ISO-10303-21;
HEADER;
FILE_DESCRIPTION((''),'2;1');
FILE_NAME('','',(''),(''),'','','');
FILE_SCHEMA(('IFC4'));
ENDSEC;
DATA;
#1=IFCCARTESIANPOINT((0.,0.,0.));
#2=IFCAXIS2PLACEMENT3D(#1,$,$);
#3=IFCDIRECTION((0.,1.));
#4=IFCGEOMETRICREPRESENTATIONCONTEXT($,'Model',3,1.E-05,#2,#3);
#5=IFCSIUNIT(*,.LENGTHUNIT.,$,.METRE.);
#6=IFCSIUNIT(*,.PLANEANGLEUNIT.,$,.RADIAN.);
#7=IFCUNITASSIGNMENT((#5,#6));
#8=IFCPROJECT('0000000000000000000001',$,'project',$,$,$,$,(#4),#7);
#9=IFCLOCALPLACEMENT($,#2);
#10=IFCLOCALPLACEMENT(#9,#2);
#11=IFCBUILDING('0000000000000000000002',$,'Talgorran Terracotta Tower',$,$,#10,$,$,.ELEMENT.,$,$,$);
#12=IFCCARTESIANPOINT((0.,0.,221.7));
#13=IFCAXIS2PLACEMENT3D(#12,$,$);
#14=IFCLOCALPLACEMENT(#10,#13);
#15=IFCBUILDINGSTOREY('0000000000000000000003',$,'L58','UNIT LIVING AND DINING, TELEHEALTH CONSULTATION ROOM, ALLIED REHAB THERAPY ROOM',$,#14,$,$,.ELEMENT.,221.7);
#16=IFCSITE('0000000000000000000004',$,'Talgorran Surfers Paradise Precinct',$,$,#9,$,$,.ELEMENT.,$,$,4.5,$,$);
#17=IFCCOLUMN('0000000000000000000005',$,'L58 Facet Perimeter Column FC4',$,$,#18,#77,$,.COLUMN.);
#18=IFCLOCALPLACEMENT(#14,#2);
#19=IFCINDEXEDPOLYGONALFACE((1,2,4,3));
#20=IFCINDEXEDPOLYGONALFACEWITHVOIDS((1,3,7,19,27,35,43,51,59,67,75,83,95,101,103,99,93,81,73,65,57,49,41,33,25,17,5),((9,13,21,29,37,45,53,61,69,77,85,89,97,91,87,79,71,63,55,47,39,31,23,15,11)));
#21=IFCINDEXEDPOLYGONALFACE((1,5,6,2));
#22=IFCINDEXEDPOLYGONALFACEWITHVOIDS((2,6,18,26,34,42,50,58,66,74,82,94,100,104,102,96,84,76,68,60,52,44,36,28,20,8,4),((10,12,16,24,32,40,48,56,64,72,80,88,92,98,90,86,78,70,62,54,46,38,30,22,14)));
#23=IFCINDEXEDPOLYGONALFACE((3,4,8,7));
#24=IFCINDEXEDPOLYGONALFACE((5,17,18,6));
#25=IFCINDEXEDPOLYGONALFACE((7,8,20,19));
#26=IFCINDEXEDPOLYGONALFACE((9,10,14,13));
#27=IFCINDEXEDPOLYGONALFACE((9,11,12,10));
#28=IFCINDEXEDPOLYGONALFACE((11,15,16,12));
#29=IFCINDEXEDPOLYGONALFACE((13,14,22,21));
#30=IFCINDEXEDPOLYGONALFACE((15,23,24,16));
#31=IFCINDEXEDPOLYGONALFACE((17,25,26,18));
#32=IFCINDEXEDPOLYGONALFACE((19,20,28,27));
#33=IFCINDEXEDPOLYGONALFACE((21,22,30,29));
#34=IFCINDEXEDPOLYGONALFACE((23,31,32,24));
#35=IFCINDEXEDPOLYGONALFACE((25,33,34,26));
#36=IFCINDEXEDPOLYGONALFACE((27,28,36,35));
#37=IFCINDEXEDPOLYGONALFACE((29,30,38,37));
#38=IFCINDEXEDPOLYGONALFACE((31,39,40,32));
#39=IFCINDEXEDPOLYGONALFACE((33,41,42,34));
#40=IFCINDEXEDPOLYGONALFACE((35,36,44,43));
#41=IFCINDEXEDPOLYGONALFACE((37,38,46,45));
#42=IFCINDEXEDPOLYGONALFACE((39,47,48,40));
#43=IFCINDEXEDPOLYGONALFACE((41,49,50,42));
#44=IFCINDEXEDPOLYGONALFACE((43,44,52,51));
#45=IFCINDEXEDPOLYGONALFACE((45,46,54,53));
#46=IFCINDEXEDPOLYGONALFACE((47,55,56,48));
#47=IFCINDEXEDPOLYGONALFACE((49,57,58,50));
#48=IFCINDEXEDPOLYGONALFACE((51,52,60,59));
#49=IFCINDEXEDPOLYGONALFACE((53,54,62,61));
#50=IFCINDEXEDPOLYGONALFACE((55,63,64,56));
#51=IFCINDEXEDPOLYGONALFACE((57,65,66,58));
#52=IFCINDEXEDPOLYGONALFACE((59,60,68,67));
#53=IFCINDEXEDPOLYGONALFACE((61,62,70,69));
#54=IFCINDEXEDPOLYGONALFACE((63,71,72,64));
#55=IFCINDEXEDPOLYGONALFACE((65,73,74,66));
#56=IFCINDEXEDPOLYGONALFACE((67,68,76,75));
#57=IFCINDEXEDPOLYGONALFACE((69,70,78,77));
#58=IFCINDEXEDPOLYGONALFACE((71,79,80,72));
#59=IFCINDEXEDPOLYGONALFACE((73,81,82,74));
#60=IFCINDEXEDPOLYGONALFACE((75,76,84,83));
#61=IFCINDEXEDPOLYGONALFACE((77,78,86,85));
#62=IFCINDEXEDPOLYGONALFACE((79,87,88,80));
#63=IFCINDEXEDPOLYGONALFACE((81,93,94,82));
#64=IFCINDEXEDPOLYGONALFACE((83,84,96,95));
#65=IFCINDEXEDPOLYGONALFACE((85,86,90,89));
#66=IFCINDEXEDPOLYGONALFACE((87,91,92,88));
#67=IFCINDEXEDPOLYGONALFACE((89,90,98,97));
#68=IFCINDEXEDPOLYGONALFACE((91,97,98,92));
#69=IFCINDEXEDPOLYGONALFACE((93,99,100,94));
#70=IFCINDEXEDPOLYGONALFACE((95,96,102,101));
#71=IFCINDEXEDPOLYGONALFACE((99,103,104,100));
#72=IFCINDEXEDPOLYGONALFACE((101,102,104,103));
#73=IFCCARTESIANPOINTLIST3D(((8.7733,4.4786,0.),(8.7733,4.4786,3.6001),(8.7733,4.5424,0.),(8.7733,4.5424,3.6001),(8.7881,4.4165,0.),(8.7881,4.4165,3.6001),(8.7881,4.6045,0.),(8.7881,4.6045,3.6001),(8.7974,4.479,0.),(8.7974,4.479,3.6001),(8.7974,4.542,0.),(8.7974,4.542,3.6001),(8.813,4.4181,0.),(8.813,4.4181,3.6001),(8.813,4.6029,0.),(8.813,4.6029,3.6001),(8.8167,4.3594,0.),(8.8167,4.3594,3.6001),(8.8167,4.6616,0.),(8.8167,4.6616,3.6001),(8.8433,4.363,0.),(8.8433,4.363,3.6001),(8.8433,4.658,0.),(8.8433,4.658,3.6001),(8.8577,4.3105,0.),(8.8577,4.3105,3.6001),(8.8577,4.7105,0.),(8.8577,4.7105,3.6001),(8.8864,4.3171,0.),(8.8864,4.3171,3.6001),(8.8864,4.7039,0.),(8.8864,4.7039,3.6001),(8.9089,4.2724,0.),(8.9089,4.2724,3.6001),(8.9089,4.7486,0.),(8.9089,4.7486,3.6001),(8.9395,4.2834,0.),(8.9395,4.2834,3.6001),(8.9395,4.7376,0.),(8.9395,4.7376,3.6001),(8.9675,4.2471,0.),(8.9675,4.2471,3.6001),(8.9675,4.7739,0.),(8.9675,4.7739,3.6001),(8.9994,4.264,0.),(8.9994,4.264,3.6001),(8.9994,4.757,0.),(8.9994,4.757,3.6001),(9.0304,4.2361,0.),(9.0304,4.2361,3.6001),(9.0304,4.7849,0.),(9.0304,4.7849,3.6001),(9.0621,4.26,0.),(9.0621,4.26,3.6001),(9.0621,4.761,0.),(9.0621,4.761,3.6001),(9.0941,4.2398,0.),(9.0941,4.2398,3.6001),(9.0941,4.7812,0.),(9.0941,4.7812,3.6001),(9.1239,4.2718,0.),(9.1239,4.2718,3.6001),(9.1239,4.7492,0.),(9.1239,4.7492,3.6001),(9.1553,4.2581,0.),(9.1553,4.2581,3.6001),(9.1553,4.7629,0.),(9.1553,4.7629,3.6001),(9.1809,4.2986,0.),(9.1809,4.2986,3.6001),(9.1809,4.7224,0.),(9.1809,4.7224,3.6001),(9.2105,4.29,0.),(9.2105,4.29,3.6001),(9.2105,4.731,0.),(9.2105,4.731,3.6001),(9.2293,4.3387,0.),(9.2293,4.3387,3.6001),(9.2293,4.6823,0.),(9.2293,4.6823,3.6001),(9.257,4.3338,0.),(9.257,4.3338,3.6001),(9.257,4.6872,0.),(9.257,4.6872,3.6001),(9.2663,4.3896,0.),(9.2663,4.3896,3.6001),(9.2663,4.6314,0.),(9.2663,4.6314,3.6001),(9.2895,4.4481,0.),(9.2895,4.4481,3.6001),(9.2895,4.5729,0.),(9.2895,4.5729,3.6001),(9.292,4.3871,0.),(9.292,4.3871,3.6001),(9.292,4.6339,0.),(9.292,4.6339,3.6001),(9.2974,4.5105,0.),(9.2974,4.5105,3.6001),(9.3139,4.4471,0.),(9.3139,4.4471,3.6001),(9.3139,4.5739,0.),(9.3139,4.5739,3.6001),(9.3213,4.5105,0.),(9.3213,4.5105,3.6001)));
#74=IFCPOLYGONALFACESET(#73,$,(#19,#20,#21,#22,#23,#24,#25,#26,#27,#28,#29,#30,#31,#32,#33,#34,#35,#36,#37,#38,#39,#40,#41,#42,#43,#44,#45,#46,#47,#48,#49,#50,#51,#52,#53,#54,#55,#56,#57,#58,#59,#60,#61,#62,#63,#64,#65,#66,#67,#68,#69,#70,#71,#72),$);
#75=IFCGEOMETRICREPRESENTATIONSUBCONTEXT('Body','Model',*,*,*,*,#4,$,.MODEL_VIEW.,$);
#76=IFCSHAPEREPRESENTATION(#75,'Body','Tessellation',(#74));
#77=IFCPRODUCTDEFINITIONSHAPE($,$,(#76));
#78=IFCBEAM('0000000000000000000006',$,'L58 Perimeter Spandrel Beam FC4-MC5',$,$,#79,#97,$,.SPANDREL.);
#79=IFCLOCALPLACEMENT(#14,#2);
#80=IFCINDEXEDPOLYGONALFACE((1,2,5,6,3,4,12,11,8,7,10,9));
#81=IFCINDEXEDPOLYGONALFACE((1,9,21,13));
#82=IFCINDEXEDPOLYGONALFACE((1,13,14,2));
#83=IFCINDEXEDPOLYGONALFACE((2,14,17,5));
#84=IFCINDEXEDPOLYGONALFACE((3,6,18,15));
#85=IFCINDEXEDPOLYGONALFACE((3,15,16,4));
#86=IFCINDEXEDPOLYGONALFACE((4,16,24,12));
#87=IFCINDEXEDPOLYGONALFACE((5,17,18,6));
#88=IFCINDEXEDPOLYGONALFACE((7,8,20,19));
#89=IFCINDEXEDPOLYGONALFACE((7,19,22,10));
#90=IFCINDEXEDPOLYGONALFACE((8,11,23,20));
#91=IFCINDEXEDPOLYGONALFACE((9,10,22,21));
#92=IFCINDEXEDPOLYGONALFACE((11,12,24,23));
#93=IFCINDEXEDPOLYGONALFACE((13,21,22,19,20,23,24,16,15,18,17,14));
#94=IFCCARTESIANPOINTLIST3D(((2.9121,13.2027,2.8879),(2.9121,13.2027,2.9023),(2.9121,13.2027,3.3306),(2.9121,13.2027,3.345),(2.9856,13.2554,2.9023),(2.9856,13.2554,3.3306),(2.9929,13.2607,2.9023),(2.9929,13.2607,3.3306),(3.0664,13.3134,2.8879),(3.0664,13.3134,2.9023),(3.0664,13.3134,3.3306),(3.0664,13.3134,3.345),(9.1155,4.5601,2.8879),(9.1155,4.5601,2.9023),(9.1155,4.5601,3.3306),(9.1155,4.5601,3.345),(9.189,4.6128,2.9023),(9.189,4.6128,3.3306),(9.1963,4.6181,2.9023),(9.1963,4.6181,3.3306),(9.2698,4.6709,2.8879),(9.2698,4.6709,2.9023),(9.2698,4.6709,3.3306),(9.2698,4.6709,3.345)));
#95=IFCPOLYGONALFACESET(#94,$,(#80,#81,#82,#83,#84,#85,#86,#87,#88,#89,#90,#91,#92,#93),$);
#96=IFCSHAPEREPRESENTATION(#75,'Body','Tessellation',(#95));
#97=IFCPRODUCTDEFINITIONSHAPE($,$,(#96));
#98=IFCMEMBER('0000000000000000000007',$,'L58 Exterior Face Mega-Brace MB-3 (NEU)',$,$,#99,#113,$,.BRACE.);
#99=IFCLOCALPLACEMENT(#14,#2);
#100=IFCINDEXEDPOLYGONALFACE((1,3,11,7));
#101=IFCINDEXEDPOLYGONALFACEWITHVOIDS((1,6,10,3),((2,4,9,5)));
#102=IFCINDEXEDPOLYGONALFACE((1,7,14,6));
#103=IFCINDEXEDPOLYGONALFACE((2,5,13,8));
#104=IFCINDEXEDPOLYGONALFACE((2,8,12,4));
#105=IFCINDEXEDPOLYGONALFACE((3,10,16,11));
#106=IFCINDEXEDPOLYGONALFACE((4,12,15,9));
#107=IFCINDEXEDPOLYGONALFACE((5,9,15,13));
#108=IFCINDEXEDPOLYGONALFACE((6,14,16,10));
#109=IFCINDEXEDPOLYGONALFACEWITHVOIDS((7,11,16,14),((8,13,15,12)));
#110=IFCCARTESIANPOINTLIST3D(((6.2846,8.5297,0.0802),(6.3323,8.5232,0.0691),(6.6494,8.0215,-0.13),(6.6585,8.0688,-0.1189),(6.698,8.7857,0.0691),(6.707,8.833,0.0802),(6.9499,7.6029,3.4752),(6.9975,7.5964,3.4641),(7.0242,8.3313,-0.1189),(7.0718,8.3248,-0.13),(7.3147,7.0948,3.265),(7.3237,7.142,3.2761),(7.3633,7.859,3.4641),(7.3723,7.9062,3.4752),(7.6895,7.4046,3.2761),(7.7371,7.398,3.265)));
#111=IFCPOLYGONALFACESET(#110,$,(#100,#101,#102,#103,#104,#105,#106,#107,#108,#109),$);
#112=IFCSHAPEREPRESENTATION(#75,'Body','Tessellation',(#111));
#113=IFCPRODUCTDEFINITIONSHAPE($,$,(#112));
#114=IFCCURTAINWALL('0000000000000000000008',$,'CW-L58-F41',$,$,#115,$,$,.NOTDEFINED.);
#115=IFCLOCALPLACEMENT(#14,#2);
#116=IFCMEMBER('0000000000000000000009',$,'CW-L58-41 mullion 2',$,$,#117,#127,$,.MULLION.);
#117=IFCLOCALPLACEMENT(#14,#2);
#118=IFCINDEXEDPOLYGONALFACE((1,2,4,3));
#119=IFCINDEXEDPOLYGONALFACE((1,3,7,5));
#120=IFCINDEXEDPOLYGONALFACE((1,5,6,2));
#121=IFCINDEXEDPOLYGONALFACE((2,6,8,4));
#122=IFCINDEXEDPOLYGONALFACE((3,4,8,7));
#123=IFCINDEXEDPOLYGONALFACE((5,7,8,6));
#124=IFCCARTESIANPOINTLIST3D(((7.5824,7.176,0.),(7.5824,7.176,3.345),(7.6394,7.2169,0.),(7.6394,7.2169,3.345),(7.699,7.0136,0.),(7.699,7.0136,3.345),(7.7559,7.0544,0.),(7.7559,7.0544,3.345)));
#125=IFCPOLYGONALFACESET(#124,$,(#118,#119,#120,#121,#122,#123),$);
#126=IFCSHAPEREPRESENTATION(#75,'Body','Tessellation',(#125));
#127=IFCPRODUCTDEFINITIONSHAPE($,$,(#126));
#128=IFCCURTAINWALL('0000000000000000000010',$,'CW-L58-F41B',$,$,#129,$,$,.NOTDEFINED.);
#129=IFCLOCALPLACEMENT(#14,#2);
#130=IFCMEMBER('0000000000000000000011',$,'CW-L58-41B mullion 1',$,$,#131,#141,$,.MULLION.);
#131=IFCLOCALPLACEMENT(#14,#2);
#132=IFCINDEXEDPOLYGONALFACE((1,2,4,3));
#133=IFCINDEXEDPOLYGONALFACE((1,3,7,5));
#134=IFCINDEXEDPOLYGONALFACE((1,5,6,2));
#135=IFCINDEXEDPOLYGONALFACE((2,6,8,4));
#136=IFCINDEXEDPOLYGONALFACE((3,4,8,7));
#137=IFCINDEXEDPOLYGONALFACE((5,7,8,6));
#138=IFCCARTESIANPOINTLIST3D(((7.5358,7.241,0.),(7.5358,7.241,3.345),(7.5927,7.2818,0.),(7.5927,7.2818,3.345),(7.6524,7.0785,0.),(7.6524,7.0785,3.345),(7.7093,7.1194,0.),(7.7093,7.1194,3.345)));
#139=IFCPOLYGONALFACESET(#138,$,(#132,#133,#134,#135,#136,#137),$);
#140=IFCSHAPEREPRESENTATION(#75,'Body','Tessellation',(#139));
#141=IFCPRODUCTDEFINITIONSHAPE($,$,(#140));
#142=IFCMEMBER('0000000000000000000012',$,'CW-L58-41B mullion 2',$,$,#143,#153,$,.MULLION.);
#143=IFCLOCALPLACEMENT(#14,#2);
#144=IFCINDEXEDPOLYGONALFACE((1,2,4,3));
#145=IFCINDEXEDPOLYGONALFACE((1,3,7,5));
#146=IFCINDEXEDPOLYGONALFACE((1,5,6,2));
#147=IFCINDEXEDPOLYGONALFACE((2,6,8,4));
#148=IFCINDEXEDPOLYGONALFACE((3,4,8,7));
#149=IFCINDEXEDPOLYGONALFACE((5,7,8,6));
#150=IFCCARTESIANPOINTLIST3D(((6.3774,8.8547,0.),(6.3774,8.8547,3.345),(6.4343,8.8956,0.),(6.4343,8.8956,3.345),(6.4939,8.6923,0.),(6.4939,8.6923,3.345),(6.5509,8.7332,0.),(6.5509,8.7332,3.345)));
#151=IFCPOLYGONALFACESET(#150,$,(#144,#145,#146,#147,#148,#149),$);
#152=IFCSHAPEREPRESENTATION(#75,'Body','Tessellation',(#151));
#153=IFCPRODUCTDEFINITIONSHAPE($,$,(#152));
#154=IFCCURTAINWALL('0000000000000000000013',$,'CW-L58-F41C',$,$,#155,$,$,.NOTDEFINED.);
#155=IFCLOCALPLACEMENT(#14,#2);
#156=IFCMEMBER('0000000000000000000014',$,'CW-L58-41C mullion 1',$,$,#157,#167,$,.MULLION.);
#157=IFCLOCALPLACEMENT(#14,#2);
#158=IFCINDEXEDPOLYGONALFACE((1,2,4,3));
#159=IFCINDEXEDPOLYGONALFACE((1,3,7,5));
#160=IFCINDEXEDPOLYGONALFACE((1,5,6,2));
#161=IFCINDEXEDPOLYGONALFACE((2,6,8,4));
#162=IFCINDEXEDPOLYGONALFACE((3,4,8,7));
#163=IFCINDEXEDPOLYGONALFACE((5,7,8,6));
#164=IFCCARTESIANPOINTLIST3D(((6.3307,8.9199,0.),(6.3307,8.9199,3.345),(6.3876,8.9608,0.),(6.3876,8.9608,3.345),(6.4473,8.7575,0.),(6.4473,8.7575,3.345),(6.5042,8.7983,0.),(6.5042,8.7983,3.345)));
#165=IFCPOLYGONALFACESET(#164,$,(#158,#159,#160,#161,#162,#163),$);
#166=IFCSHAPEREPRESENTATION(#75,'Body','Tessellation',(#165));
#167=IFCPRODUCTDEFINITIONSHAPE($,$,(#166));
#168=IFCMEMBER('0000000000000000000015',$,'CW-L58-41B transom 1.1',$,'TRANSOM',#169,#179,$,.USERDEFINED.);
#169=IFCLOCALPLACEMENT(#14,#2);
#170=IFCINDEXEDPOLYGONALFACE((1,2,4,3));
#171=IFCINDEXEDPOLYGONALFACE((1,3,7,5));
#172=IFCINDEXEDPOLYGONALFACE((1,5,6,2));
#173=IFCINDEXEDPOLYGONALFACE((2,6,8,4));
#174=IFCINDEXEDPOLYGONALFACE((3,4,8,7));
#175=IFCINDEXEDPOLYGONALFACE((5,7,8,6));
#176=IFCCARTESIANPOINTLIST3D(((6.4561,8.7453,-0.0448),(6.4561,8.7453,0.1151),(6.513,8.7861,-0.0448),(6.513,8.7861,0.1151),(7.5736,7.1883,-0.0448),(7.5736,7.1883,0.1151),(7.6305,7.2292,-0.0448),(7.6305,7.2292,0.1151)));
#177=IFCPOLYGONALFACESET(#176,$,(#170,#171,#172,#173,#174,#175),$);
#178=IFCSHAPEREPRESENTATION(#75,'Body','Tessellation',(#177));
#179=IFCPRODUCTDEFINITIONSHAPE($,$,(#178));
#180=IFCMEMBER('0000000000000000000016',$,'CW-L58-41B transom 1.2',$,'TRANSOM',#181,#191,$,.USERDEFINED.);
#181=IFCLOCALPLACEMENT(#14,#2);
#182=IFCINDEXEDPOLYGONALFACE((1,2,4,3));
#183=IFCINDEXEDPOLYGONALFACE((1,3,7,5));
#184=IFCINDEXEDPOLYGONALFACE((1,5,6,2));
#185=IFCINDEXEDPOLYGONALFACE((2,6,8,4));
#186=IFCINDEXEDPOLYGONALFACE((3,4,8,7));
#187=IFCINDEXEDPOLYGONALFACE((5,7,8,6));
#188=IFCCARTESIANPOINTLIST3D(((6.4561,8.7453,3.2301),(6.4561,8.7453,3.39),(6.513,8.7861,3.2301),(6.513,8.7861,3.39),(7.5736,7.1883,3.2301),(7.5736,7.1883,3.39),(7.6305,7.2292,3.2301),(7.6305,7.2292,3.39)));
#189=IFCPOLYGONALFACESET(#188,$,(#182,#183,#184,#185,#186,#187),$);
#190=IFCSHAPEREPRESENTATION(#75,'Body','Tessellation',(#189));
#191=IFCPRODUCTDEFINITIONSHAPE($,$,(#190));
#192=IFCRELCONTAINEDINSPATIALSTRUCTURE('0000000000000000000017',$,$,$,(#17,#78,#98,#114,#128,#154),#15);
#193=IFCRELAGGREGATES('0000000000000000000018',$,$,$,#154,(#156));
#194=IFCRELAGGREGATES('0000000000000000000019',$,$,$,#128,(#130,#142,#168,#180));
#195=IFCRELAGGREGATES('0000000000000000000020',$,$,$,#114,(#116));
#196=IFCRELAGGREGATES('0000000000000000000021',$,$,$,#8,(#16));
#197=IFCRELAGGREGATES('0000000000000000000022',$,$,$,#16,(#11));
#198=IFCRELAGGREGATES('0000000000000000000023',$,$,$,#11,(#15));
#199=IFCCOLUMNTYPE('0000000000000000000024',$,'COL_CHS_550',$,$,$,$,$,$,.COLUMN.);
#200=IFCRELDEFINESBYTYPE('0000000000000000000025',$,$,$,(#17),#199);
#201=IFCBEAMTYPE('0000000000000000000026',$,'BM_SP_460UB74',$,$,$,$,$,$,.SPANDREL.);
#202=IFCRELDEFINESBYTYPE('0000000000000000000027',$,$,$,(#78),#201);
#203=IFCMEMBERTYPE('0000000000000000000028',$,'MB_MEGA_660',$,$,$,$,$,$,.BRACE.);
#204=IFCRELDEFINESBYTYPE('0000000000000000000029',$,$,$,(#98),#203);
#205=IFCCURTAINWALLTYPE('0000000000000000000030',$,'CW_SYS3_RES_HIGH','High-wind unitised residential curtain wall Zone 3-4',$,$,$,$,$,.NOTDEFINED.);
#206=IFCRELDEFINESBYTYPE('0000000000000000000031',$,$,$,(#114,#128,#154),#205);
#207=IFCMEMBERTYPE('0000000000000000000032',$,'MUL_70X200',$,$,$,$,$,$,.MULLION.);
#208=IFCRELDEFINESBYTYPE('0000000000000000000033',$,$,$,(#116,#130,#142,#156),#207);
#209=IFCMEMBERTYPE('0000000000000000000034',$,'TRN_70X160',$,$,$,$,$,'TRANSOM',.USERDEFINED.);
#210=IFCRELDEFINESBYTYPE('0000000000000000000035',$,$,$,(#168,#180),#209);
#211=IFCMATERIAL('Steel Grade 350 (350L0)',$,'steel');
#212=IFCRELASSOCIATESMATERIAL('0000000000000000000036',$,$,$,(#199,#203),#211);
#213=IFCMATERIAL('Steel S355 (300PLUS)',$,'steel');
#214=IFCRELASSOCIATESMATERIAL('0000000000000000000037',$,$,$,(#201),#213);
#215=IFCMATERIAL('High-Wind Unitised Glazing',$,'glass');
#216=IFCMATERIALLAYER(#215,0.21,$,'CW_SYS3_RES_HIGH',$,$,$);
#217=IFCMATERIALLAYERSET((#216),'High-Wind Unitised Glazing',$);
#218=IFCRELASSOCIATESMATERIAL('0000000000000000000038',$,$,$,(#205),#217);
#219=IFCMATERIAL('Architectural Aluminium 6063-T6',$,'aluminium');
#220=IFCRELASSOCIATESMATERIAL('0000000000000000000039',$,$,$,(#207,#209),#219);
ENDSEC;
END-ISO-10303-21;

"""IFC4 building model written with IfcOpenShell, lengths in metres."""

from ifc_helpers import new_model, si_unit, direction, frame, origin, origin_2d, place, context, subcontext, project, spatial, rectangle, hollow_rectangle, hollow_circle, i_section, extrude, material, layer, layer_set, material_profile, profile_set, type_object, element, aggregate, save


model = new_model("IFC4")

# Units and contexts
model_context = context("Model", 3, precision=1e-05, world=origin(), true_north=direction((0.0, 1.0)))
body_context = subcontext(model_context, "Body", "Model", "MODEL_VIEW")
ifc_project = project(units=[si_unit("LENGTHUNIT", "METRE"), si_unit("PLANEANGLEUNIT", "RADIAN")], contexts=[model_context])

# Site, building, storey
site_placement = place(None, origin())
site = spatial("IfcSite", under=ifc_project, at=site_placement, Name="Talgorran Surfers Paradise Precinct", CompositionType="ELEMENT", RefElevation=4.5)
building_placement = place(site_placement, origin())
building = spatial("IfcBuilding", under=site, at=building_placement, Name="Talgorran Terracotta Tower", CompositionType="ELEMENT")
storey_placement = place(building_placement, frame((0.0, 0.0, 221.7)))
storey = spatial("IfcBuildingStorey", under=building, at=storey_placement, Name="L58", Description="UNIT LIVING AND DINING, TELEHEALTH CONSULTATION ROOM, ALLIED REHAB THERAPY ROOM", CompositionType="ELEMENT", Elevation=221.7)

# Column
ifc_material_1 = material(Name="Steel Grade 350 (350L0)", Category="steel")
ifc_material_profile_1 = material_profile(ifc_material_1, hollow_circle(Radius=0.2749, WallThickness=0.0239, at=origin_2d()), Name="CHS550X24")
ifc_profile_set_1 = profile_set([ifc_material_profile_1], Name="Steel Grade 350 (350L0)")
column_type = type_object("IfcColumnType", Name="COL_CHS_550", PredefinedType="COLUMN", material=ifc_profile_set_1)
column_placement = place(storey_placement, frame((9.0464, 4.5105, 0.0), z_axis=(0.0, 0.0, 1.0), x_axis=(1.0, 0.0, 0.0)))
element("IfcColumn", 1, at=column_placement, inside=storey, type_object=column_type, Name="L58 Facet Perimeter Column FC4", PredefinedType="COLUMN", context=body_context, shape_type="SweptSolid", body=[
    extrude(hollow_circle(Radius=0.2749, WallThickness=0.0239, at=origin_2d()), origin(), (0.0, 0.0, 1.0), 3.6001),
])

# Beam
ifc_material_2 = material(Name="Steel S355 (300PLUS)", Category="steel")
ifc_material_profile_2 = material_profile(ifc_material_2, i_section(OverallWidth=0.1899, OverallDepth=0.457, WebThickness=0.009, FlangeThickness=0.0144, at=origin_2d()), Name="460UB74.6")
ifc_profile_set_2 = profile_set([ifc_material_profile_2], Name="Steel S355 (300PLUS)")
beam_type = type_object("IfcBeamType", Name="BM_SP_460UB74", PredefinedType="SPANDREL", material=ifc_profile_set_2)
beam_placement = place(storey_placement, frame((9.1926, 4.6155, 3.1165), z_axis=(-0.58311, 0.812393, 0.0), x_axis=(-0.812393, -0.58311, 0.0)))
element("IfcBeam", 2, at=beam_placement, inside=storey, type_object=beam_type, Name="L58 Perimeter Spandrel Beam FC4-MC5", PredefinedType="SPANDREL", context=body_context, shape_type="SweptSolid", body=[
    extrude(i_section(OverallWidth=0.1899, OverallDepth=0.457, WebThickness=0.009, FlangeThickness=0.0144, at=origin_2d()), origin(), (0.0, 0.0, 1.0), 10.6384),
])

# Member
ifc_material_profile_3 = material_profile(ifc_material_1, hollow_rectangle(XDim=0.52, YDim=0.6599, WallThickness=0.0349, at=origin_2d()), Name="WBOX660X520X35")
ifc_profile_set_3 = profile_set([ifc_material_profile_3], Name="Steel Grade 350 (350L0)")
member_type_1 = type_object("IfcMemberType", Name="MB_MEGA_660", PredefinedType="BRACE", material=ifc_profile_set_3)
member_1_placement = place(storey_placement, frame((6.6782, 8.4272, -0.0249), z_axis=(0.185752, -0.258757, 0.947914), x_axis=(0.812358, 0.58316, 0.0)))
element("IfcMember", 3, at=member_1_placement, inside=storey, type_object=member_type_1, Name="L58 Exterior Face Mega-Brace MB-3 (NEU)", PredefinedType="BRACE", context=body_context, shape_type="SweptSolid", body=[
    extrude(hollow_rectangle(XDim=0.52, YDim=0.6599, WallThickness=0.0349, at=origin_2d()), origin(), (0.0, 0.0, 1.0), 3.5815),
])

# Curtain wall, member
ifc_material_3 = material(Name="High-Wind Unitised Glazing", Category="glass")
ifc_layer_1 = layer(ifc_material_3, 0.21, Name="CW_SYS3_RES_HIGH")
ifc_layer_set_1 = layer_set([ifc_layer_1], Name="High-Wind Unitised Glazing")
curtain_wall_type = type_object("IfcCurtainWallType", Name="CW_SYS3_RES_HIGH", Description="High-wind unitised residential curtain wall Zone 3-4", PredefinedType="NOTDEFINED", material=ifc_layer_set_1)
curtain_wall_1_placement = place(storey_placement, origin())
curtain_wall_1 = element("IfcCurtainWall", 4, at=curtain_wall_1_placement, inside=storey, type_object=curtain_wall_type, Name="CW-L58-F41", PredefinedType="NOTDEFINED")
ifc_material_4 = material(Name="Architectural Aluminium 6063-T6", Category="aluminium")
ifc_material_profile_4 = material_profile(ifc_material_4, rectangle(XDim=0.0701, YDim=0.2, at=origin_2d()), Name="CWM70X200")
ifc_profile_set_4 = profile_set([ifc_material_profile_4], Name="Architectural Aluminium 6063-T6")
member_type_2 = type_object("IfcMemberType", Name="MUL_70X200", PredefinedType="MULLION", material=ifc_profile_set_4)
member_2_placement = place(storey_placement, frame((7.6692, 7.1152, 0.0), z_axis=(0.0, 0.0, 1.0), x_axis=(-0.812388, -0.583117, 0.0)))
member_2 = element("IfcMember", 5, at=member_2_placement, type_object=member_type_2, Name="CW-L58-41 mullion 2", PredefinedType="MULLION", context=body_context, shape_type="SweptSolid", body=[
    extrude(rectangle(XDim=0.0701, YDim=0.2, at=origin_2d()), origin(), (0.0, 0.0, 1.0), 3.345),
])

# Curtain wall, members
curtain_wall_2_placement = place(storey_placement, origin())
curtain_wall_2 = element("IfcCurtainWall", 6, at=curtain_wall_2_placement, inside=storey, type_object=curtain_wall_type, Name="CW-L58-F41B", PredefinedType="NOTDEFINED")
member_3_placement = place(storey_placement, frame((7.6226, 7.1802, 0.0), z_axis=(0.0, 0.0, 1.0), x_axis=(-0.812388, -0.583118, 0.0)))
member_3 = element("IfcMember", 7, at=member_3_placement, type_object=member_type_2, Name="CW-L58-41B mullion 1", PredefinedType="MULLION", context=body_context, shape_type="SweptSolid", body=[
    extrude(rectangle(XDim=0.0701, YDim=0.2, at=origin_2d()), origin(), (0.0, 0.0, 1.0), 3.345),
])
member_4_placement = place(storey_placement, frame((6.4641, 8.7939, 0.0), z_axis=(0.0, 0.0, 1.0), x_axis=(-0.812388, -0.583118, 0.0)))
member_4 = element("IfcMember", 8, at=member_4_placement, type_object=member_type_2, Name="CW-L58-41B mullion 2", PredefinedType="MULLION", context=body_context, shape_type="SweptSolid", body=[
    extrude(rectangle(XDim=0.0701, YDim=0.2, at=origin_2d()), origin(), (0.0, 0.0, 1.0), 3.345),
])

# Curtain wall, member
curtain_wall_3_placement = place(storey_placement, origin())
curtain_wall_3 = element("IfcCurtainWall", 9, at=curtain_wall_3_placement, inside=storey, type_object=curtain_wall_type, Name="CW-L58-F41C", PredefinedType="NOTDEFINED")
member_5_placement = place(storey_placement, frame((6.4175, 8.8591, 0.0), z_axis=(0.0, 0.0, 1.0), x_axis=(-0.81239, -0.583114, 0.0)))
member_5 = element("IfcMember", 10, at=member_5_placement, type_object=member_type_2, Name="CW-L58-41C mullion 1", PredefinedType="MULLION", context=body_context, shape_type="SweptSolid", body=[
    extrude(rectangle(XDim=0.0701, YDim=0.2, at=origin_2d()), origin(), (0.0, 0.0, 1.0), 3.345),
])
aggregate(curtain_wall_3, [member_5])

# Members
ifc_material_profile_5 = material_profile(ifc_material_4, rectangle(XDim=0.0701, YDim=0.1599, at=origin_2d()), Name="CWT70X160")
ifc_profile_set_5 = profile_set([ifc_material_profile_5], Name="Architectural Aluminium 6063-T6")
member_type_3 = type_object("IfcMemberType", Name="TRN_70X160", ElementType="TRANSOM", PredefinedType="USERDEFINED", material=ifc_profile_set_5)
member_6_placement = place(storey_placement, frame((7.6021, 7.2087, 0.0352), z_axis=(-0.583093, 0.812406, 0.0), x_axis=(-0.812406, -0.583093, 0.0)))
member_6 = element("IfcMember", 11, at=member_6_placement, type_object=member_type_3, Name="CW-L58-41B transom 1.1", ObjectType="TRANSOM", PredefinedType="USERDEFINED", context=body_context, shape_type="SweptSolid", body=[
    extrude(rectangle(XDim=0.0701, YDim=0.1599, at=origin_2d()), origin(), (0.0, 0.0, 1.0), 1.9165),
])
member_7_placement = place(storey_placement, frame((7.6021, 7.2087, 3.3101), z_axis=(-0.583093, 0.812406, 0.0), x_axis=(-0.812406, -0.583093, 0.0)))
member_7 = element("IfcMember", 12, at=member_7_placement, type_object=member_type_3, Name="CW-L58-41B transom 1.2", ObjectType="TRANSOM", PredefinedType="USERDEFINED", context=body_context, shape_type="SweptSolid", body=[
    extrude(rectangle(XDim=0.0701, YDim=0.1599, at=origin_2d()), origin(), (0.0, 0.0, 1.0), 1.9165),
])

aggregate(curtain_wall_2, [member_3, member_4, member_6, member_7])
aggregate(curtain_wall_1, [member_2])

save(model, "model.ifc")
